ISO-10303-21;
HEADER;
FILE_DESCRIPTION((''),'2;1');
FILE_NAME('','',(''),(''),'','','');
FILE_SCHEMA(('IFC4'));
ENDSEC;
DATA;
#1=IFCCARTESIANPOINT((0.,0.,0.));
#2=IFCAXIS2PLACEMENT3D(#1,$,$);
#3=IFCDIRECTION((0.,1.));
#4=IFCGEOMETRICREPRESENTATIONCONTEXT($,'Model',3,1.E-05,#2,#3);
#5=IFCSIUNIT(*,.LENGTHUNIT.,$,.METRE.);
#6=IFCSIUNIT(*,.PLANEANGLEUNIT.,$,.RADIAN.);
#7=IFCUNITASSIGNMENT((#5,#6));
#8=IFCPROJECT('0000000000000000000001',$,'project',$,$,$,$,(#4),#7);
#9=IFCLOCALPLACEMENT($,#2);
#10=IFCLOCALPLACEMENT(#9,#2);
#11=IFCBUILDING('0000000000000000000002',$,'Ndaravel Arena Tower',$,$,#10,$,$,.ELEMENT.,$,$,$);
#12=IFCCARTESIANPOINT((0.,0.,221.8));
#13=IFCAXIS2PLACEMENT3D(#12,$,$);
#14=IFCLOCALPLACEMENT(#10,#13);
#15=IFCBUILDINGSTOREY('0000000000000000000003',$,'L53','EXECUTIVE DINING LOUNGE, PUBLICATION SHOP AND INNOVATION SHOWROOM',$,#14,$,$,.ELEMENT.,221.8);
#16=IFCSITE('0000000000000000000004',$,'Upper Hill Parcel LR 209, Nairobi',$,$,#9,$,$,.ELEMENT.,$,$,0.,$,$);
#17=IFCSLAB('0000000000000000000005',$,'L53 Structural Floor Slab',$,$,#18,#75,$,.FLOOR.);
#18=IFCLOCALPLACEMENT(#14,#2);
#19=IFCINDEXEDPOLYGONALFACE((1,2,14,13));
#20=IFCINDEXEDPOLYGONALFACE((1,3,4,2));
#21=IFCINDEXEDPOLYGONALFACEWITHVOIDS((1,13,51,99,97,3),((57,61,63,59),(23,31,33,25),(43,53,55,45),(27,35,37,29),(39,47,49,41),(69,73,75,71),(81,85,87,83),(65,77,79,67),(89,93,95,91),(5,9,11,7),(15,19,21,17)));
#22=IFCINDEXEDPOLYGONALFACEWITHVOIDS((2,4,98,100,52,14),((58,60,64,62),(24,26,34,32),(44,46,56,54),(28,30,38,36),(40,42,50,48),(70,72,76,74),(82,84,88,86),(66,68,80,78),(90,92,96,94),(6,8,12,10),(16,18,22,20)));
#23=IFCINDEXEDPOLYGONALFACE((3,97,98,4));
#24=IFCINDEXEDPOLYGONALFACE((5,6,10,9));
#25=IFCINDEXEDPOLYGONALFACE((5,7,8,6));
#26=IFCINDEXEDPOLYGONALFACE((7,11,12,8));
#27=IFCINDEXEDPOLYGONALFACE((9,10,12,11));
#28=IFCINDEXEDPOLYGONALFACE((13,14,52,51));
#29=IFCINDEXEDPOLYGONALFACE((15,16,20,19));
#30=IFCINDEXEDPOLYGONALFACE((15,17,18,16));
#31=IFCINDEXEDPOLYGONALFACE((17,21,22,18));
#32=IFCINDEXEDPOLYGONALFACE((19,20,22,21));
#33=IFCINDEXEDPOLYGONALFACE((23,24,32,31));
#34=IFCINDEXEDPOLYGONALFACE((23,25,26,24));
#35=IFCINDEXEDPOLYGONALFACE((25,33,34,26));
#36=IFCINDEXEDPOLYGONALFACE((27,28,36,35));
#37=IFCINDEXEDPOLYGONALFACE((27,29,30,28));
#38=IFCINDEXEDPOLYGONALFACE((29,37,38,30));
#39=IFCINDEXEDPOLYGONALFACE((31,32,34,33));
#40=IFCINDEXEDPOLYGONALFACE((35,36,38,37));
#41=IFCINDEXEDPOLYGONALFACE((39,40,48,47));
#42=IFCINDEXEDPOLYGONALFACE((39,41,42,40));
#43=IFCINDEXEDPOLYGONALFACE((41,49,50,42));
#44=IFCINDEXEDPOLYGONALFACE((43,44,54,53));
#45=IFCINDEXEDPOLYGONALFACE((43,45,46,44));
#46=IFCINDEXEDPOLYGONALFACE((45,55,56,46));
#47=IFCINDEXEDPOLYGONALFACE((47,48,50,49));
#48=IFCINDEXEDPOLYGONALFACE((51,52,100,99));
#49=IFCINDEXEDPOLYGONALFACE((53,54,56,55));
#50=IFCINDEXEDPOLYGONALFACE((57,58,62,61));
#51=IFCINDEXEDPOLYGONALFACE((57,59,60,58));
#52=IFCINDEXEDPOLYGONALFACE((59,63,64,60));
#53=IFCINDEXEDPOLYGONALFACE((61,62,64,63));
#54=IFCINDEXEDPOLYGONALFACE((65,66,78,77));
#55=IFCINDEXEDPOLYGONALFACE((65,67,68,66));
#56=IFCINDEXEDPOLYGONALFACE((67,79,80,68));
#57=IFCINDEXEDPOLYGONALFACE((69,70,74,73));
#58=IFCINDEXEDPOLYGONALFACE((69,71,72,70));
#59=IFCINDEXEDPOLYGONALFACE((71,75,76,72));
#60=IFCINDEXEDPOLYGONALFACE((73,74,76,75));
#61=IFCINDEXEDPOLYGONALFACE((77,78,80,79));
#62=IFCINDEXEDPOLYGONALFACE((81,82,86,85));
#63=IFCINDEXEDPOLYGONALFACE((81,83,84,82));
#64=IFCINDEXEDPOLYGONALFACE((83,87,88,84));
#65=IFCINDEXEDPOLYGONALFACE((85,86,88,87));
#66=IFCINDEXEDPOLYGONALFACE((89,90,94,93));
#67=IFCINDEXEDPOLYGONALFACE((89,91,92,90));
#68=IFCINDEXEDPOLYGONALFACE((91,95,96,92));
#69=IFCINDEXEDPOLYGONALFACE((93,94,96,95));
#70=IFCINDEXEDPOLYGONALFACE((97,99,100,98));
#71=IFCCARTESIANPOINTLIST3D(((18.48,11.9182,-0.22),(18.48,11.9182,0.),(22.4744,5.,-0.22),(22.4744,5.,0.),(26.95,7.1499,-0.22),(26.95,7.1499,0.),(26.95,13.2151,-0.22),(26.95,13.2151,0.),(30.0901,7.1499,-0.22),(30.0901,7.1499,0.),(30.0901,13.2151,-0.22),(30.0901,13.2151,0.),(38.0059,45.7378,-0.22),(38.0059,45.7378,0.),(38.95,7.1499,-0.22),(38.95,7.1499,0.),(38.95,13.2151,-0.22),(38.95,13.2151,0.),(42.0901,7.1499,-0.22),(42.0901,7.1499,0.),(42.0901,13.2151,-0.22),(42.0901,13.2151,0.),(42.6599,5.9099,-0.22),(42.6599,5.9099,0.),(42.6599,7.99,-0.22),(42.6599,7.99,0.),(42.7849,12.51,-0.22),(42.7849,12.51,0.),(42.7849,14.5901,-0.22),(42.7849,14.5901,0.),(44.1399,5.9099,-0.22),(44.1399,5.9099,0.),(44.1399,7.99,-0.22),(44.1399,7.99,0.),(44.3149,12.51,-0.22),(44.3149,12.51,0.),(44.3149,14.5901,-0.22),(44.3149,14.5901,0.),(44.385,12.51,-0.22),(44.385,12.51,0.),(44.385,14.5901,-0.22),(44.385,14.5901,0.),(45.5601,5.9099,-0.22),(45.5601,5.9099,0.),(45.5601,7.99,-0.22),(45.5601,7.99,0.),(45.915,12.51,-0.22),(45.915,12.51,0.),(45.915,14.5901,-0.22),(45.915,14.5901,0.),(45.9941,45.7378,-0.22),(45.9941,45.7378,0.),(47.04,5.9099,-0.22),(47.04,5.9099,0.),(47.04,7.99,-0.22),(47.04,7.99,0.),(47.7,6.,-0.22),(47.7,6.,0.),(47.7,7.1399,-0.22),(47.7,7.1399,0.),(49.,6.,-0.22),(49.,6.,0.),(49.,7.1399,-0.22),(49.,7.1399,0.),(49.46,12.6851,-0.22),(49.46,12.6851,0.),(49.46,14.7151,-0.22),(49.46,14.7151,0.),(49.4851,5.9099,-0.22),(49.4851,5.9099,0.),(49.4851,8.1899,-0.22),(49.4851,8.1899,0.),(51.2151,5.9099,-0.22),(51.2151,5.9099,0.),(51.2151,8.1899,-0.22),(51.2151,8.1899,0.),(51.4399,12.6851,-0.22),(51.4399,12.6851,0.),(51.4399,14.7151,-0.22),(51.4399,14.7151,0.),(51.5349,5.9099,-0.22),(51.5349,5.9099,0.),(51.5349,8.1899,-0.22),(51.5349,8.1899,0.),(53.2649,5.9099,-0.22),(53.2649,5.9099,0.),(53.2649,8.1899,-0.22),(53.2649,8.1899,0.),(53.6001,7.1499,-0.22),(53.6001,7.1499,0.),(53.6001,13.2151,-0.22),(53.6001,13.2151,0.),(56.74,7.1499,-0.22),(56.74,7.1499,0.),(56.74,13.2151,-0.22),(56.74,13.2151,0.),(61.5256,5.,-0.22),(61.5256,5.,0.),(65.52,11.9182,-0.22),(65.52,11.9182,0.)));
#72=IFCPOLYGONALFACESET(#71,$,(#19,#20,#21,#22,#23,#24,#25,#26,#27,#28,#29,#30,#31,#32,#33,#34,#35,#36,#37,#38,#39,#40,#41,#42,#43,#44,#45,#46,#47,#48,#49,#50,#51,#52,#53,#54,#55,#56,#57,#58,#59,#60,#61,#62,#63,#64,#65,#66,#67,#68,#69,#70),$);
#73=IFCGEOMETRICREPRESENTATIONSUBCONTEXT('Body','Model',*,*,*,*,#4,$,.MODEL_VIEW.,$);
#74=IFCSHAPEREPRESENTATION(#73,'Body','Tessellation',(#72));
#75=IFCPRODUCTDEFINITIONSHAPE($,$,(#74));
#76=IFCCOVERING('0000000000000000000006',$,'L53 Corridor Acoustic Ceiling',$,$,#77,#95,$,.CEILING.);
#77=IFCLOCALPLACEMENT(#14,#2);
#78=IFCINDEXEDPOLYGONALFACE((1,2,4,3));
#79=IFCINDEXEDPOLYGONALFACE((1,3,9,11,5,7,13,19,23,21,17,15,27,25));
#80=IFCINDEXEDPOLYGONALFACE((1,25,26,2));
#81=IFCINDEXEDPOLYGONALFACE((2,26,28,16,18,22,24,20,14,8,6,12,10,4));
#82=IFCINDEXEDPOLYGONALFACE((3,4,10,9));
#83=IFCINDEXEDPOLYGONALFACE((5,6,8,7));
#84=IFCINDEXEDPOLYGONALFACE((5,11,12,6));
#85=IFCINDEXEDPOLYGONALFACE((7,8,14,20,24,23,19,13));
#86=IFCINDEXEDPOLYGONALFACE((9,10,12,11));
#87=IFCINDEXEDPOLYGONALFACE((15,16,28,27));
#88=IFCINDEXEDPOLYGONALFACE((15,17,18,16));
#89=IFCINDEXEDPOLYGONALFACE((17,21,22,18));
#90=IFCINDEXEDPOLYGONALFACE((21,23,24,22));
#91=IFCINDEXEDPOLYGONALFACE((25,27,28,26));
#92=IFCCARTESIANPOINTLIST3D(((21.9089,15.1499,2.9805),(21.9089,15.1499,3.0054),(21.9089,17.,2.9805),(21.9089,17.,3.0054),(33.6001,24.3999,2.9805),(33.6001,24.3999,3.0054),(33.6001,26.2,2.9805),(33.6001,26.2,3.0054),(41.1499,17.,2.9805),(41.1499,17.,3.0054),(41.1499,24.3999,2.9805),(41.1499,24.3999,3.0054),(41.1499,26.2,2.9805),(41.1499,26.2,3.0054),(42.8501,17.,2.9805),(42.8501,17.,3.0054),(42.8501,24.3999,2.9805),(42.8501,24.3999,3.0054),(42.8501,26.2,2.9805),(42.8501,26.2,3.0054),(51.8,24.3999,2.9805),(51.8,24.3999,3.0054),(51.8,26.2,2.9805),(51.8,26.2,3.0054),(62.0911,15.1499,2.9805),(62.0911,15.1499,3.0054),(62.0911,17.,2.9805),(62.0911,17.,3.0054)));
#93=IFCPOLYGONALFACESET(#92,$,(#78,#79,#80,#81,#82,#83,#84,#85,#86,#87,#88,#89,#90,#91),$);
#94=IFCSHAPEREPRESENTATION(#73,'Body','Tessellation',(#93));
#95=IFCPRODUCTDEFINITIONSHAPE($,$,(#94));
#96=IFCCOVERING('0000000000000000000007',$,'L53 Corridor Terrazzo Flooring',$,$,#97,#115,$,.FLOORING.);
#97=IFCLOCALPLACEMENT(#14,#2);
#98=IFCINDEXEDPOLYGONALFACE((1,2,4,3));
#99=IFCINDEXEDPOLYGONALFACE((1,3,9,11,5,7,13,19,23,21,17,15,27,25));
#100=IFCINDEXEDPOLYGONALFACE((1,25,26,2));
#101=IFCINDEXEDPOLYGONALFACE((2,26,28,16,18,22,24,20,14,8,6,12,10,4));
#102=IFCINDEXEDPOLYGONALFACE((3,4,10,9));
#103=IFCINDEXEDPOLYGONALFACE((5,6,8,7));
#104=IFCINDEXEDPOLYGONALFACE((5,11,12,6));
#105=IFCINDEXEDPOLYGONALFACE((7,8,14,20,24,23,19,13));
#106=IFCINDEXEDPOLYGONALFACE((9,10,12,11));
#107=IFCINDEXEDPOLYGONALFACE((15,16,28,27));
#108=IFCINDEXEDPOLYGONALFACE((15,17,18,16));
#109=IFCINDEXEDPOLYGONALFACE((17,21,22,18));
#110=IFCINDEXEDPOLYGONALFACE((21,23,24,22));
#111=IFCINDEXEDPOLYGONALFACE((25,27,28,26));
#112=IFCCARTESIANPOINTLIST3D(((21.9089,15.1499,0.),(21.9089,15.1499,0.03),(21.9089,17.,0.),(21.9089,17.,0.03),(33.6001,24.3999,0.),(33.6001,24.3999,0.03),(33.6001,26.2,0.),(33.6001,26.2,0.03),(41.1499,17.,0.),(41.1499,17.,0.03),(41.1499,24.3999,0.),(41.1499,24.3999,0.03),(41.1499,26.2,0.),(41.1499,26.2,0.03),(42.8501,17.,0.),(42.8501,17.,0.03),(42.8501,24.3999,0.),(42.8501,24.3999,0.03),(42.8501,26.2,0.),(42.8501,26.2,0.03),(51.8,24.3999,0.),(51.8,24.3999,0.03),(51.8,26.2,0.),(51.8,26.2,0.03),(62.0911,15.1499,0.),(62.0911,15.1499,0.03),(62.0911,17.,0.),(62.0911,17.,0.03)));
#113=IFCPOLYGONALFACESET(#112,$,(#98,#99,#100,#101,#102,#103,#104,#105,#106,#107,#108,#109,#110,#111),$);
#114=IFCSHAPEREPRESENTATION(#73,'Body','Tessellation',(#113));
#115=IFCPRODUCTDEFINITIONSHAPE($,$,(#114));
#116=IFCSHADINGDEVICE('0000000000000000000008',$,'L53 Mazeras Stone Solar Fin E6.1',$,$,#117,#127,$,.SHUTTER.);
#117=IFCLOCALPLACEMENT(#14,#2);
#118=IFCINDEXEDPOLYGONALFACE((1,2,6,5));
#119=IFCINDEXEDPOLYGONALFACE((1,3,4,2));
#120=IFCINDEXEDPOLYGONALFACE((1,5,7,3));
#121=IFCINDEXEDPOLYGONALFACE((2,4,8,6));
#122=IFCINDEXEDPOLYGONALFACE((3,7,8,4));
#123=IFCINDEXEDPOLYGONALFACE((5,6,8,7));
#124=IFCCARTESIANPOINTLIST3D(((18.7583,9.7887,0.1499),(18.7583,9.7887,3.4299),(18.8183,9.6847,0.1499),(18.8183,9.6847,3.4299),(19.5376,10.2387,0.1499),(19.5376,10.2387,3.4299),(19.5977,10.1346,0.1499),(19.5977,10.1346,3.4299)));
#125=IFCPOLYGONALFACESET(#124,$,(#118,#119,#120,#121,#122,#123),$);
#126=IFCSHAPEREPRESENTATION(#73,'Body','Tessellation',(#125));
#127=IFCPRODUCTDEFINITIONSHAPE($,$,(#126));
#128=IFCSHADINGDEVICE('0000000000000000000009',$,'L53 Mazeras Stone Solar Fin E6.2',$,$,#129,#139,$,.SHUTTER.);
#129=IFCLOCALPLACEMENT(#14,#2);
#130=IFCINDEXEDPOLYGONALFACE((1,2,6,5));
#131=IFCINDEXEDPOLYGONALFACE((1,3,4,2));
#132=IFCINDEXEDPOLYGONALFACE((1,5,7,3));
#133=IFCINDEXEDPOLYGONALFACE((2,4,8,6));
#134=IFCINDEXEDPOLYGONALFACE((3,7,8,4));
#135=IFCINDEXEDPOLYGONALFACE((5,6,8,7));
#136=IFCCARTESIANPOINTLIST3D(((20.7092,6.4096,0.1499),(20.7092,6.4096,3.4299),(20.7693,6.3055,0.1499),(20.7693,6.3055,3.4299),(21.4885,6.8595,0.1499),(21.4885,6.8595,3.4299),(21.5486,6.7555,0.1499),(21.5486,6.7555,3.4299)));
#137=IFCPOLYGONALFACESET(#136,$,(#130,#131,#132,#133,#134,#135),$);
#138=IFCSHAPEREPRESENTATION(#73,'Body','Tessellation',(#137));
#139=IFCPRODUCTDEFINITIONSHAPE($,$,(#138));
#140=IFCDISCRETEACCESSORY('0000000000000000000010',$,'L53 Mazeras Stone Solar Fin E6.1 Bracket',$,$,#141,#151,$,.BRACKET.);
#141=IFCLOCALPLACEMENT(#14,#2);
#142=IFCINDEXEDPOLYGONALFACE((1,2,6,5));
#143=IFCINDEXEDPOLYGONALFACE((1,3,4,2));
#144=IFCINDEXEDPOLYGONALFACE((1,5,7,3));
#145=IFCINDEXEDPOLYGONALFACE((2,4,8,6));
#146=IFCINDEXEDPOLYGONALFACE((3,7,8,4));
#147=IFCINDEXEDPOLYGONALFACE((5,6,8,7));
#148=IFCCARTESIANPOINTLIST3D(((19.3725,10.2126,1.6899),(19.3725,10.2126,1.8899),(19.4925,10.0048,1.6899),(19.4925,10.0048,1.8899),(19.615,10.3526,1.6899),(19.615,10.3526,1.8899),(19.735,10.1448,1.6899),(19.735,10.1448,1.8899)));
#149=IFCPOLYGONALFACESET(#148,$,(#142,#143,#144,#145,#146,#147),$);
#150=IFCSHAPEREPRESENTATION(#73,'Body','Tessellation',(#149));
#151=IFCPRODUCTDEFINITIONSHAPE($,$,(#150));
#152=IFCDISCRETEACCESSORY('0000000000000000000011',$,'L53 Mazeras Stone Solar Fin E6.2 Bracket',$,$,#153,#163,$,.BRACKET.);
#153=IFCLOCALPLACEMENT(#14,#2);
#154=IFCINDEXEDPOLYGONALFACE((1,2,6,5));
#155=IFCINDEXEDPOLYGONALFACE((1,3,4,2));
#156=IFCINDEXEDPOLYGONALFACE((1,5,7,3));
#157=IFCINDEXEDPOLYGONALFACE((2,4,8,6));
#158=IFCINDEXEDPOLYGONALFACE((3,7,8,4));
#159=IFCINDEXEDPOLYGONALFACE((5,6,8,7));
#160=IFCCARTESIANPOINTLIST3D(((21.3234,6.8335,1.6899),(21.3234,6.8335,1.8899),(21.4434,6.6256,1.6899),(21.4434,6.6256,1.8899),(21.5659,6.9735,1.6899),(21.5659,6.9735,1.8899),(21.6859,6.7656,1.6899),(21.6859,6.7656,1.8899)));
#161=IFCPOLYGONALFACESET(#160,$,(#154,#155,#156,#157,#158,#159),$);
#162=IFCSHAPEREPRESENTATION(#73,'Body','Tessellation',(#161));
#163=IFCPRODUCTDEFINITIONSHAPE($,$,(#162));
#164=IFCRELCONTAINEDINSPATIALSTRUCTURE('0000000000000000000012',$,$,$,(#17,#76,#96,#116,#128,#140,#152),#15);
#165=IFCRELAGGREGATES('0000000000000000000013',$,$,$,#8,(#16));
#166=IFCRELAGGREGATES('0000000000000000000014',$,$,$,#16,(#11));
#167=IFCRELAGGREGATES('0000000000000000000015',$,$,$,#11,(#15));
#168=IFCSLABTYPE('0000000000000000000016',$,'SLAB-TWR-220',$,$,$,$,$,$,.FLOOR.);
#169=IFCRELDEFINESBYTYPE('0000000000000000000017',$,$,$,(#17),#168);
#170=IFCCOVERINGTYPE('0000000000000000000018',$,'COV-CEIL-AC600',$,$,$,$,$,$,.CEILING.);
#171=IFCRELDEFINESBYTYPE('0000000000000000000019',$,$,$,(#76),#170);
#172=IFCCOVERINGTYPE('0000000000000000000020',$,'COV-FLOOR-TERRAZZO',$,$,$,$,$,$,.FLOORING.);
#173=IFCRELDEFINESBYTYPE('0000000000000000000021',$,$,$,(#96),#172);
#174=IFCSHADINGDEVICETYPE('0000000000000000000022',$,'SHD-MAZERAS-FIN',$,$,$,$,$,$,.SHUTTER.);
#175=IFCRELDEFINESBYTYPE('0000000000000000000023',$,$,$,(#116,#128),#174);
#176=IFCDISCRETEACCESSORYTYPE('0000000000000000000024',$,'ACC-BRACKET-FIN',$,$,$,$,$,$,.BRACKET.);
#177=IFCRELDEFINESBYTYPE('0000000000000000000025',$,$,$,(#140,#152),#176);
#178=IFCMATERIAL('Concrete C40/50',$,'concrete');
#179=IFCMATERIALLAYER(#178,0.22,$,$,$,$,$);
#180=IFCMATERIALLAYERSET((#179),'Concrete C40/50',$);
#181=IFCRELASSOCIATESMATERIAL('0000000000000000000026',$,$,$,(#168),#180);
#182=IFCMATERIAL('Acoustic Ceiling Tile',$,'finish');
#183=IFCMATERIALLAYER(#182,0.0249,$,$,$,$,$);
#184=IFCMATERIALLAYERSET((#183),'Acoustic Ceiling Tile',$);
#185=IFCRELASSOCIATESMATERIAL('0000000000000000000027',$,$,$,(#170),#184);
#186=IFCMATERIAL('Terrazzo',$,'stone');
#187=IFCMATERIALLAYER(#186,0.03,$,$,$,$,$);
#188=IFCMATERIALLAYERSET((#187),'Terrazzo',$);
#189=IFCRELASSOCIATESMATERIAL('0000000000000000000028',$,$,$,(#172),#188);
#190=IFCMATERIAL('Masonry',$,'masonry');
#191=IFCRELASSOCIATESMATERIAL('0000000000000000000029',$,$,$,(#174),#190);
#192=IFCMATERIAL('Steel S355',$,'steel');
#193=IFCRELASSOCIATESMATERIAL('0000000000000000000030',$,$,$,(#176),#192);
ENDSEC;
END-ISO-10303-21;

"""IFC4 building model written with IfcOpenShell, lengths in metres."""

from ifc_helpers import new_model, si_unit, direction, frame, origin, origin_2d, place, context, subcontext, project, spatial, polyline, rectangle, outline, extrude, material, layer, layer_set, type_object, element, save


model = new_model("IFC4")

# Units and contexts
model_context = context("Model", 3, precision=1e-05, world=origin(), true_north=direction((0.0, 1.0)))
body_context = subcontext(model_context, "Body", "Model", "MODEL_VIEW")
ifc_project = project(units=[si_unit("LENGTHUNIT", "METRE"), si_unit("PLANEANGLEUNIT", "RADIAN")], contexts=[model_context])

# Site, building, storey
site_placement = place(None, origin())
site = spatial("IfcSite", under=ifc_project, at=site_placement, Name="Upper Hill Parcel LR 209, Nairobi", CompositionType="ELEMENT", RefElevation=0.0)
building_placement = place(site_placement, origin())
building = spatial("IfcBuilding", under=site, at=building_placement, Name="Ndaravel Arena Tower", CompositionType="ELEMENT")
storey_placement = place(building_placement, frame((0.0, 0.0, 221.8)))
storey = spatial("IfcBuildingStorey", under=building, at=storey_placement, Name="L53", Description="EXECUTIVE DINING LOUNGE, PUBLICATION SHOP AND INNOVATION SHOWROOM", CompositionType="ELEMENT", Elevation=221.8)

# Slab
ifc_material_1 = material(Name="Concrete C40/50", Category="concrete")
ifc_layer_1 = layer(ifc_material_1, 0.22)
ifc_layer_set_1 = layer_set([ifc_layer_1], Name="Concrete C40/50")
slab_type_1 = type_object("IfcSlabType", Name="SLAB-TWR-220", PredefinedType="FLOOR", material=ifc_layer_set_1)
slab_1_placement = place(storey_placement, frame((0.0, 0.0, -0.22)))
element("IfcSlab", 1, at=slab_1_placement, inside=storey, type_object=slab_type_1, Name="L53 Structural Floor Slab", PredefinedType="FLOOR", context=body_context, shape_type="SweptSolid", body=[
    extrude(outline(polyline([(18.48, 11.9182), (22.4744, 5.0), (61.5256, 5.0), (65.52, 11.9182), (45.9941, 45.7378), (38.0059, 45.7378), (18.48, 11.9182)]), holes=[polyline([(26.95, 13.2151), (26.95, 7.1499), (30.0901, 7.1499), (30.0901, 13.2151), (26.95, 13.2151)]), polyline([(38.95, 13.2151), (38.95, 7.1499), (42.0901, 7.1499), (42.0901, 13.2151), (38.95, 13.2151)]), polyline([(53.6001, 13.2151), (53.6001, 7.1499), (56.74, 7.1499), (56.74, 13.2151), (53.6001, 13.2151)]), polyline([(42.6599, 5.9099), (44.1399, 5.9099), (44.1399, 7.99), (42.6599, 7.99), (42.6599, 5.9099)]), polyline([(45.5601, 5.9099), (47.04, 5.9099), (47.04, 7.99), (45.5601, 7.99), (45.5601, 5.9099)]), polyline([(42.7849, 12.51), (44.3149, 12.51), (44.3149, 14.5901), (42.7849, 14.5901), (42.7849, 12.51)]), polyline([(44.385, 12.51), (45.915, 12.51), (45.915, 14.5901), (44.385, 14.5901), (44.385, 12.51)]), polyline([(49.4851, 5.9099), (51.2151, 5.9099), (51.2151, 8.1899), (49.4851, 8.1899), (49.4851, 5.9099)]), polyline([(51.5349, 5.9099), (53.2649, 5.9099), (53.2649, 8.1899), (51.5349, 8.1899), (51.5349, 5.9099)]), polyline([(49.46, 12.6851), (51.4399, 12.6851), (51.4399, 14.7151), (49.46, 14.7151), (49.46, 12.6851)]), polyline([(47.7, 6.0), (49.0, 6.0), (49.0, 7.1399), (47.7, 7.1399), (47.7, 6.0)])]), origin(), (0.0, 0.0, 1.0), 0.22),
])

# Coverings
ifc_material_2 = material(Name="Acoustic Ceiling Tile", Category="finish")
ifc_layer_2 = layer(ifc_material_2, 0.0249)
ifc_layer_set_2 = layer_set([ifc_layer_2], Name="Acoustic Ceiling Tile")
covering_type_1 = type_object("IfcCoveringType", Name="COV-CEIL-AC600", PredefinedType="CEILING", material=ifc_layer_set_2)
covering_1_placement = place(storey_placement, frame((0.0, 0.0, 2.9805)))
element("IfcCovering", 2, at=covering_1_placement, inside=storey, type_object=covering_type_1, Name="L53 Corridor Acoustic Ceiling", PredefinedType="CEILING", context=body_context, shape_type="SweptSolid", body=[
    extrude(outline(polyline([(62.0911, 17.0), (42.8501, 17.0), (42.8501, 24.3999), (51.8, 24.3999), (51.8, 26.2), (42.8501, 26.2), (41.1499, 26.2), (33.6001, 26.2), (33.6001, 24.3999), (41.1499, 24.3999), (41.1499, 17.0), (21.9089, 17.0), (21.9089, 15.1499), (62.0911, 15.1499), (62.0911, 17.0)])), origin(), (0.0, 0.0, 1.0), 0.0249),
])
ifc_material_3 = material(Name="Terrazzo", Category="stone")
ifc_layer_3 = layer(ifc_material_3, 0.03)
ifc_layer_set_3 = layer_set([ifc_layer_3], Name="Terrazzo")
covering_type_2 = type_object("IfcCoveringType", Name="COV-FLOOR-TERRAZZO", PredefinedType="FLOORING", material=ifc_layer_set_3)
covering_2_placement = place(storey_placement, origin())
element("IfcCovering", 3, at=covering_2_placement, inside=storey, type_object=covering_type_2, Name="L53 Corridor Terrazzo Flooring", PredefinedType="FLOORING", context=body_context, shape_type="SweptSolid", body=[
    extrude(outline(polyline([(62.0911, 17.0), (42.8501, 17.0), (42.8501, 24.3999), (51.8, 24.3999), (51.8, 26.2), (42.8501, 26.2), (41.1499, 26.2), (33.6001, 26.2), (33.6001, 24.3999), (41.1499, 24.3999), (41.1499, 17.0), (21.9089, 17.0), (21.9089, 15.1499), (62.0911, 15.1499), (62.0911, 17.0)])), origin(), (0.0, 0.0, 1.0), 0.03),
])

# Shading devices
ifc_material_4 = material(Name="Masonry", Category="masonry")
shading_device_type = type_object("IfcShadingDeviceType", Name="SHD-MAZERAS-FIN", PredefinedType="SHUTTER", material=ifc_material_4)
for number, where, z_axis, x_axis, name in (
    (4, (19.178, 9.9617, 0.1499), (0.0, 0.0, 1.0), (-0.866025, -0.5, 0.0), "L53 Mazeras Stone Solar Fin E6.1"),
    (5, (21.1289, 6.5825, 0.1499), (0.0, 0.0, 1.0), (-0.866025, -0.5, 0.0), "L53 Mazeras Stone Solar Fin E6.2"),
):
    element("IfcShadingDevice", number, at=place(storey_placement, frame(where, z_axis=z_axis, x_axis=x_axis)), inside=storey, type_object=shading_device_type, Name=name, PredefinedType="SHUTTER", context=body_context, shape_type="SweptSolid", body=[
        extrude(rectangle(XDim=0.8999, YDim=0.1201, at=origin_2d()), origin(), (0.0, 0.0, 1.0), 3.28),
    ])

# Discrete accessories
ifc_material_5 = material(Name="Steel S355", Category="steel")
discrete_accessory_type = type_object("IfcDiscreteAccessoryType", Name="ACC-BRACKET-FIN", PredefinedType="BRACKET", material=ifc_material_5)
for number, where, z_axis, x_axis, name in (
    (6, (19.5537, 10.1787, 1.6899), (0.0, 0.0, 1.0), (-0.866025, -0.5, 0.0), "L53 Mazeras Stone Solar Fin E6.1 Bracket"),
    (7, (21.5046, 6.7996, 1.6899), (0.0, 0.0, 1.0), (-0.866025, -0.5, 0.0), "L53 Mazeras Stone Solar Fin E6.2 Bracket"),
):
    element("IfcDiscreteAccessory", number, at=place(storey_placement, frame(where, z_axis=z_axis, x_axis=x_axis)), inside=storey, type_object=discrete_accessory_type, Name=name, PredefinedType="BRACKET", context=body_context, shape_type="SweptSolid", body=[
        extrude(rectangle(XDim=0.28, YDim=0.24, at=origin_2d()), origin(), (0.0, 0.0, 1.0), 0.2),
    ])

save(model, "model.ifc")
